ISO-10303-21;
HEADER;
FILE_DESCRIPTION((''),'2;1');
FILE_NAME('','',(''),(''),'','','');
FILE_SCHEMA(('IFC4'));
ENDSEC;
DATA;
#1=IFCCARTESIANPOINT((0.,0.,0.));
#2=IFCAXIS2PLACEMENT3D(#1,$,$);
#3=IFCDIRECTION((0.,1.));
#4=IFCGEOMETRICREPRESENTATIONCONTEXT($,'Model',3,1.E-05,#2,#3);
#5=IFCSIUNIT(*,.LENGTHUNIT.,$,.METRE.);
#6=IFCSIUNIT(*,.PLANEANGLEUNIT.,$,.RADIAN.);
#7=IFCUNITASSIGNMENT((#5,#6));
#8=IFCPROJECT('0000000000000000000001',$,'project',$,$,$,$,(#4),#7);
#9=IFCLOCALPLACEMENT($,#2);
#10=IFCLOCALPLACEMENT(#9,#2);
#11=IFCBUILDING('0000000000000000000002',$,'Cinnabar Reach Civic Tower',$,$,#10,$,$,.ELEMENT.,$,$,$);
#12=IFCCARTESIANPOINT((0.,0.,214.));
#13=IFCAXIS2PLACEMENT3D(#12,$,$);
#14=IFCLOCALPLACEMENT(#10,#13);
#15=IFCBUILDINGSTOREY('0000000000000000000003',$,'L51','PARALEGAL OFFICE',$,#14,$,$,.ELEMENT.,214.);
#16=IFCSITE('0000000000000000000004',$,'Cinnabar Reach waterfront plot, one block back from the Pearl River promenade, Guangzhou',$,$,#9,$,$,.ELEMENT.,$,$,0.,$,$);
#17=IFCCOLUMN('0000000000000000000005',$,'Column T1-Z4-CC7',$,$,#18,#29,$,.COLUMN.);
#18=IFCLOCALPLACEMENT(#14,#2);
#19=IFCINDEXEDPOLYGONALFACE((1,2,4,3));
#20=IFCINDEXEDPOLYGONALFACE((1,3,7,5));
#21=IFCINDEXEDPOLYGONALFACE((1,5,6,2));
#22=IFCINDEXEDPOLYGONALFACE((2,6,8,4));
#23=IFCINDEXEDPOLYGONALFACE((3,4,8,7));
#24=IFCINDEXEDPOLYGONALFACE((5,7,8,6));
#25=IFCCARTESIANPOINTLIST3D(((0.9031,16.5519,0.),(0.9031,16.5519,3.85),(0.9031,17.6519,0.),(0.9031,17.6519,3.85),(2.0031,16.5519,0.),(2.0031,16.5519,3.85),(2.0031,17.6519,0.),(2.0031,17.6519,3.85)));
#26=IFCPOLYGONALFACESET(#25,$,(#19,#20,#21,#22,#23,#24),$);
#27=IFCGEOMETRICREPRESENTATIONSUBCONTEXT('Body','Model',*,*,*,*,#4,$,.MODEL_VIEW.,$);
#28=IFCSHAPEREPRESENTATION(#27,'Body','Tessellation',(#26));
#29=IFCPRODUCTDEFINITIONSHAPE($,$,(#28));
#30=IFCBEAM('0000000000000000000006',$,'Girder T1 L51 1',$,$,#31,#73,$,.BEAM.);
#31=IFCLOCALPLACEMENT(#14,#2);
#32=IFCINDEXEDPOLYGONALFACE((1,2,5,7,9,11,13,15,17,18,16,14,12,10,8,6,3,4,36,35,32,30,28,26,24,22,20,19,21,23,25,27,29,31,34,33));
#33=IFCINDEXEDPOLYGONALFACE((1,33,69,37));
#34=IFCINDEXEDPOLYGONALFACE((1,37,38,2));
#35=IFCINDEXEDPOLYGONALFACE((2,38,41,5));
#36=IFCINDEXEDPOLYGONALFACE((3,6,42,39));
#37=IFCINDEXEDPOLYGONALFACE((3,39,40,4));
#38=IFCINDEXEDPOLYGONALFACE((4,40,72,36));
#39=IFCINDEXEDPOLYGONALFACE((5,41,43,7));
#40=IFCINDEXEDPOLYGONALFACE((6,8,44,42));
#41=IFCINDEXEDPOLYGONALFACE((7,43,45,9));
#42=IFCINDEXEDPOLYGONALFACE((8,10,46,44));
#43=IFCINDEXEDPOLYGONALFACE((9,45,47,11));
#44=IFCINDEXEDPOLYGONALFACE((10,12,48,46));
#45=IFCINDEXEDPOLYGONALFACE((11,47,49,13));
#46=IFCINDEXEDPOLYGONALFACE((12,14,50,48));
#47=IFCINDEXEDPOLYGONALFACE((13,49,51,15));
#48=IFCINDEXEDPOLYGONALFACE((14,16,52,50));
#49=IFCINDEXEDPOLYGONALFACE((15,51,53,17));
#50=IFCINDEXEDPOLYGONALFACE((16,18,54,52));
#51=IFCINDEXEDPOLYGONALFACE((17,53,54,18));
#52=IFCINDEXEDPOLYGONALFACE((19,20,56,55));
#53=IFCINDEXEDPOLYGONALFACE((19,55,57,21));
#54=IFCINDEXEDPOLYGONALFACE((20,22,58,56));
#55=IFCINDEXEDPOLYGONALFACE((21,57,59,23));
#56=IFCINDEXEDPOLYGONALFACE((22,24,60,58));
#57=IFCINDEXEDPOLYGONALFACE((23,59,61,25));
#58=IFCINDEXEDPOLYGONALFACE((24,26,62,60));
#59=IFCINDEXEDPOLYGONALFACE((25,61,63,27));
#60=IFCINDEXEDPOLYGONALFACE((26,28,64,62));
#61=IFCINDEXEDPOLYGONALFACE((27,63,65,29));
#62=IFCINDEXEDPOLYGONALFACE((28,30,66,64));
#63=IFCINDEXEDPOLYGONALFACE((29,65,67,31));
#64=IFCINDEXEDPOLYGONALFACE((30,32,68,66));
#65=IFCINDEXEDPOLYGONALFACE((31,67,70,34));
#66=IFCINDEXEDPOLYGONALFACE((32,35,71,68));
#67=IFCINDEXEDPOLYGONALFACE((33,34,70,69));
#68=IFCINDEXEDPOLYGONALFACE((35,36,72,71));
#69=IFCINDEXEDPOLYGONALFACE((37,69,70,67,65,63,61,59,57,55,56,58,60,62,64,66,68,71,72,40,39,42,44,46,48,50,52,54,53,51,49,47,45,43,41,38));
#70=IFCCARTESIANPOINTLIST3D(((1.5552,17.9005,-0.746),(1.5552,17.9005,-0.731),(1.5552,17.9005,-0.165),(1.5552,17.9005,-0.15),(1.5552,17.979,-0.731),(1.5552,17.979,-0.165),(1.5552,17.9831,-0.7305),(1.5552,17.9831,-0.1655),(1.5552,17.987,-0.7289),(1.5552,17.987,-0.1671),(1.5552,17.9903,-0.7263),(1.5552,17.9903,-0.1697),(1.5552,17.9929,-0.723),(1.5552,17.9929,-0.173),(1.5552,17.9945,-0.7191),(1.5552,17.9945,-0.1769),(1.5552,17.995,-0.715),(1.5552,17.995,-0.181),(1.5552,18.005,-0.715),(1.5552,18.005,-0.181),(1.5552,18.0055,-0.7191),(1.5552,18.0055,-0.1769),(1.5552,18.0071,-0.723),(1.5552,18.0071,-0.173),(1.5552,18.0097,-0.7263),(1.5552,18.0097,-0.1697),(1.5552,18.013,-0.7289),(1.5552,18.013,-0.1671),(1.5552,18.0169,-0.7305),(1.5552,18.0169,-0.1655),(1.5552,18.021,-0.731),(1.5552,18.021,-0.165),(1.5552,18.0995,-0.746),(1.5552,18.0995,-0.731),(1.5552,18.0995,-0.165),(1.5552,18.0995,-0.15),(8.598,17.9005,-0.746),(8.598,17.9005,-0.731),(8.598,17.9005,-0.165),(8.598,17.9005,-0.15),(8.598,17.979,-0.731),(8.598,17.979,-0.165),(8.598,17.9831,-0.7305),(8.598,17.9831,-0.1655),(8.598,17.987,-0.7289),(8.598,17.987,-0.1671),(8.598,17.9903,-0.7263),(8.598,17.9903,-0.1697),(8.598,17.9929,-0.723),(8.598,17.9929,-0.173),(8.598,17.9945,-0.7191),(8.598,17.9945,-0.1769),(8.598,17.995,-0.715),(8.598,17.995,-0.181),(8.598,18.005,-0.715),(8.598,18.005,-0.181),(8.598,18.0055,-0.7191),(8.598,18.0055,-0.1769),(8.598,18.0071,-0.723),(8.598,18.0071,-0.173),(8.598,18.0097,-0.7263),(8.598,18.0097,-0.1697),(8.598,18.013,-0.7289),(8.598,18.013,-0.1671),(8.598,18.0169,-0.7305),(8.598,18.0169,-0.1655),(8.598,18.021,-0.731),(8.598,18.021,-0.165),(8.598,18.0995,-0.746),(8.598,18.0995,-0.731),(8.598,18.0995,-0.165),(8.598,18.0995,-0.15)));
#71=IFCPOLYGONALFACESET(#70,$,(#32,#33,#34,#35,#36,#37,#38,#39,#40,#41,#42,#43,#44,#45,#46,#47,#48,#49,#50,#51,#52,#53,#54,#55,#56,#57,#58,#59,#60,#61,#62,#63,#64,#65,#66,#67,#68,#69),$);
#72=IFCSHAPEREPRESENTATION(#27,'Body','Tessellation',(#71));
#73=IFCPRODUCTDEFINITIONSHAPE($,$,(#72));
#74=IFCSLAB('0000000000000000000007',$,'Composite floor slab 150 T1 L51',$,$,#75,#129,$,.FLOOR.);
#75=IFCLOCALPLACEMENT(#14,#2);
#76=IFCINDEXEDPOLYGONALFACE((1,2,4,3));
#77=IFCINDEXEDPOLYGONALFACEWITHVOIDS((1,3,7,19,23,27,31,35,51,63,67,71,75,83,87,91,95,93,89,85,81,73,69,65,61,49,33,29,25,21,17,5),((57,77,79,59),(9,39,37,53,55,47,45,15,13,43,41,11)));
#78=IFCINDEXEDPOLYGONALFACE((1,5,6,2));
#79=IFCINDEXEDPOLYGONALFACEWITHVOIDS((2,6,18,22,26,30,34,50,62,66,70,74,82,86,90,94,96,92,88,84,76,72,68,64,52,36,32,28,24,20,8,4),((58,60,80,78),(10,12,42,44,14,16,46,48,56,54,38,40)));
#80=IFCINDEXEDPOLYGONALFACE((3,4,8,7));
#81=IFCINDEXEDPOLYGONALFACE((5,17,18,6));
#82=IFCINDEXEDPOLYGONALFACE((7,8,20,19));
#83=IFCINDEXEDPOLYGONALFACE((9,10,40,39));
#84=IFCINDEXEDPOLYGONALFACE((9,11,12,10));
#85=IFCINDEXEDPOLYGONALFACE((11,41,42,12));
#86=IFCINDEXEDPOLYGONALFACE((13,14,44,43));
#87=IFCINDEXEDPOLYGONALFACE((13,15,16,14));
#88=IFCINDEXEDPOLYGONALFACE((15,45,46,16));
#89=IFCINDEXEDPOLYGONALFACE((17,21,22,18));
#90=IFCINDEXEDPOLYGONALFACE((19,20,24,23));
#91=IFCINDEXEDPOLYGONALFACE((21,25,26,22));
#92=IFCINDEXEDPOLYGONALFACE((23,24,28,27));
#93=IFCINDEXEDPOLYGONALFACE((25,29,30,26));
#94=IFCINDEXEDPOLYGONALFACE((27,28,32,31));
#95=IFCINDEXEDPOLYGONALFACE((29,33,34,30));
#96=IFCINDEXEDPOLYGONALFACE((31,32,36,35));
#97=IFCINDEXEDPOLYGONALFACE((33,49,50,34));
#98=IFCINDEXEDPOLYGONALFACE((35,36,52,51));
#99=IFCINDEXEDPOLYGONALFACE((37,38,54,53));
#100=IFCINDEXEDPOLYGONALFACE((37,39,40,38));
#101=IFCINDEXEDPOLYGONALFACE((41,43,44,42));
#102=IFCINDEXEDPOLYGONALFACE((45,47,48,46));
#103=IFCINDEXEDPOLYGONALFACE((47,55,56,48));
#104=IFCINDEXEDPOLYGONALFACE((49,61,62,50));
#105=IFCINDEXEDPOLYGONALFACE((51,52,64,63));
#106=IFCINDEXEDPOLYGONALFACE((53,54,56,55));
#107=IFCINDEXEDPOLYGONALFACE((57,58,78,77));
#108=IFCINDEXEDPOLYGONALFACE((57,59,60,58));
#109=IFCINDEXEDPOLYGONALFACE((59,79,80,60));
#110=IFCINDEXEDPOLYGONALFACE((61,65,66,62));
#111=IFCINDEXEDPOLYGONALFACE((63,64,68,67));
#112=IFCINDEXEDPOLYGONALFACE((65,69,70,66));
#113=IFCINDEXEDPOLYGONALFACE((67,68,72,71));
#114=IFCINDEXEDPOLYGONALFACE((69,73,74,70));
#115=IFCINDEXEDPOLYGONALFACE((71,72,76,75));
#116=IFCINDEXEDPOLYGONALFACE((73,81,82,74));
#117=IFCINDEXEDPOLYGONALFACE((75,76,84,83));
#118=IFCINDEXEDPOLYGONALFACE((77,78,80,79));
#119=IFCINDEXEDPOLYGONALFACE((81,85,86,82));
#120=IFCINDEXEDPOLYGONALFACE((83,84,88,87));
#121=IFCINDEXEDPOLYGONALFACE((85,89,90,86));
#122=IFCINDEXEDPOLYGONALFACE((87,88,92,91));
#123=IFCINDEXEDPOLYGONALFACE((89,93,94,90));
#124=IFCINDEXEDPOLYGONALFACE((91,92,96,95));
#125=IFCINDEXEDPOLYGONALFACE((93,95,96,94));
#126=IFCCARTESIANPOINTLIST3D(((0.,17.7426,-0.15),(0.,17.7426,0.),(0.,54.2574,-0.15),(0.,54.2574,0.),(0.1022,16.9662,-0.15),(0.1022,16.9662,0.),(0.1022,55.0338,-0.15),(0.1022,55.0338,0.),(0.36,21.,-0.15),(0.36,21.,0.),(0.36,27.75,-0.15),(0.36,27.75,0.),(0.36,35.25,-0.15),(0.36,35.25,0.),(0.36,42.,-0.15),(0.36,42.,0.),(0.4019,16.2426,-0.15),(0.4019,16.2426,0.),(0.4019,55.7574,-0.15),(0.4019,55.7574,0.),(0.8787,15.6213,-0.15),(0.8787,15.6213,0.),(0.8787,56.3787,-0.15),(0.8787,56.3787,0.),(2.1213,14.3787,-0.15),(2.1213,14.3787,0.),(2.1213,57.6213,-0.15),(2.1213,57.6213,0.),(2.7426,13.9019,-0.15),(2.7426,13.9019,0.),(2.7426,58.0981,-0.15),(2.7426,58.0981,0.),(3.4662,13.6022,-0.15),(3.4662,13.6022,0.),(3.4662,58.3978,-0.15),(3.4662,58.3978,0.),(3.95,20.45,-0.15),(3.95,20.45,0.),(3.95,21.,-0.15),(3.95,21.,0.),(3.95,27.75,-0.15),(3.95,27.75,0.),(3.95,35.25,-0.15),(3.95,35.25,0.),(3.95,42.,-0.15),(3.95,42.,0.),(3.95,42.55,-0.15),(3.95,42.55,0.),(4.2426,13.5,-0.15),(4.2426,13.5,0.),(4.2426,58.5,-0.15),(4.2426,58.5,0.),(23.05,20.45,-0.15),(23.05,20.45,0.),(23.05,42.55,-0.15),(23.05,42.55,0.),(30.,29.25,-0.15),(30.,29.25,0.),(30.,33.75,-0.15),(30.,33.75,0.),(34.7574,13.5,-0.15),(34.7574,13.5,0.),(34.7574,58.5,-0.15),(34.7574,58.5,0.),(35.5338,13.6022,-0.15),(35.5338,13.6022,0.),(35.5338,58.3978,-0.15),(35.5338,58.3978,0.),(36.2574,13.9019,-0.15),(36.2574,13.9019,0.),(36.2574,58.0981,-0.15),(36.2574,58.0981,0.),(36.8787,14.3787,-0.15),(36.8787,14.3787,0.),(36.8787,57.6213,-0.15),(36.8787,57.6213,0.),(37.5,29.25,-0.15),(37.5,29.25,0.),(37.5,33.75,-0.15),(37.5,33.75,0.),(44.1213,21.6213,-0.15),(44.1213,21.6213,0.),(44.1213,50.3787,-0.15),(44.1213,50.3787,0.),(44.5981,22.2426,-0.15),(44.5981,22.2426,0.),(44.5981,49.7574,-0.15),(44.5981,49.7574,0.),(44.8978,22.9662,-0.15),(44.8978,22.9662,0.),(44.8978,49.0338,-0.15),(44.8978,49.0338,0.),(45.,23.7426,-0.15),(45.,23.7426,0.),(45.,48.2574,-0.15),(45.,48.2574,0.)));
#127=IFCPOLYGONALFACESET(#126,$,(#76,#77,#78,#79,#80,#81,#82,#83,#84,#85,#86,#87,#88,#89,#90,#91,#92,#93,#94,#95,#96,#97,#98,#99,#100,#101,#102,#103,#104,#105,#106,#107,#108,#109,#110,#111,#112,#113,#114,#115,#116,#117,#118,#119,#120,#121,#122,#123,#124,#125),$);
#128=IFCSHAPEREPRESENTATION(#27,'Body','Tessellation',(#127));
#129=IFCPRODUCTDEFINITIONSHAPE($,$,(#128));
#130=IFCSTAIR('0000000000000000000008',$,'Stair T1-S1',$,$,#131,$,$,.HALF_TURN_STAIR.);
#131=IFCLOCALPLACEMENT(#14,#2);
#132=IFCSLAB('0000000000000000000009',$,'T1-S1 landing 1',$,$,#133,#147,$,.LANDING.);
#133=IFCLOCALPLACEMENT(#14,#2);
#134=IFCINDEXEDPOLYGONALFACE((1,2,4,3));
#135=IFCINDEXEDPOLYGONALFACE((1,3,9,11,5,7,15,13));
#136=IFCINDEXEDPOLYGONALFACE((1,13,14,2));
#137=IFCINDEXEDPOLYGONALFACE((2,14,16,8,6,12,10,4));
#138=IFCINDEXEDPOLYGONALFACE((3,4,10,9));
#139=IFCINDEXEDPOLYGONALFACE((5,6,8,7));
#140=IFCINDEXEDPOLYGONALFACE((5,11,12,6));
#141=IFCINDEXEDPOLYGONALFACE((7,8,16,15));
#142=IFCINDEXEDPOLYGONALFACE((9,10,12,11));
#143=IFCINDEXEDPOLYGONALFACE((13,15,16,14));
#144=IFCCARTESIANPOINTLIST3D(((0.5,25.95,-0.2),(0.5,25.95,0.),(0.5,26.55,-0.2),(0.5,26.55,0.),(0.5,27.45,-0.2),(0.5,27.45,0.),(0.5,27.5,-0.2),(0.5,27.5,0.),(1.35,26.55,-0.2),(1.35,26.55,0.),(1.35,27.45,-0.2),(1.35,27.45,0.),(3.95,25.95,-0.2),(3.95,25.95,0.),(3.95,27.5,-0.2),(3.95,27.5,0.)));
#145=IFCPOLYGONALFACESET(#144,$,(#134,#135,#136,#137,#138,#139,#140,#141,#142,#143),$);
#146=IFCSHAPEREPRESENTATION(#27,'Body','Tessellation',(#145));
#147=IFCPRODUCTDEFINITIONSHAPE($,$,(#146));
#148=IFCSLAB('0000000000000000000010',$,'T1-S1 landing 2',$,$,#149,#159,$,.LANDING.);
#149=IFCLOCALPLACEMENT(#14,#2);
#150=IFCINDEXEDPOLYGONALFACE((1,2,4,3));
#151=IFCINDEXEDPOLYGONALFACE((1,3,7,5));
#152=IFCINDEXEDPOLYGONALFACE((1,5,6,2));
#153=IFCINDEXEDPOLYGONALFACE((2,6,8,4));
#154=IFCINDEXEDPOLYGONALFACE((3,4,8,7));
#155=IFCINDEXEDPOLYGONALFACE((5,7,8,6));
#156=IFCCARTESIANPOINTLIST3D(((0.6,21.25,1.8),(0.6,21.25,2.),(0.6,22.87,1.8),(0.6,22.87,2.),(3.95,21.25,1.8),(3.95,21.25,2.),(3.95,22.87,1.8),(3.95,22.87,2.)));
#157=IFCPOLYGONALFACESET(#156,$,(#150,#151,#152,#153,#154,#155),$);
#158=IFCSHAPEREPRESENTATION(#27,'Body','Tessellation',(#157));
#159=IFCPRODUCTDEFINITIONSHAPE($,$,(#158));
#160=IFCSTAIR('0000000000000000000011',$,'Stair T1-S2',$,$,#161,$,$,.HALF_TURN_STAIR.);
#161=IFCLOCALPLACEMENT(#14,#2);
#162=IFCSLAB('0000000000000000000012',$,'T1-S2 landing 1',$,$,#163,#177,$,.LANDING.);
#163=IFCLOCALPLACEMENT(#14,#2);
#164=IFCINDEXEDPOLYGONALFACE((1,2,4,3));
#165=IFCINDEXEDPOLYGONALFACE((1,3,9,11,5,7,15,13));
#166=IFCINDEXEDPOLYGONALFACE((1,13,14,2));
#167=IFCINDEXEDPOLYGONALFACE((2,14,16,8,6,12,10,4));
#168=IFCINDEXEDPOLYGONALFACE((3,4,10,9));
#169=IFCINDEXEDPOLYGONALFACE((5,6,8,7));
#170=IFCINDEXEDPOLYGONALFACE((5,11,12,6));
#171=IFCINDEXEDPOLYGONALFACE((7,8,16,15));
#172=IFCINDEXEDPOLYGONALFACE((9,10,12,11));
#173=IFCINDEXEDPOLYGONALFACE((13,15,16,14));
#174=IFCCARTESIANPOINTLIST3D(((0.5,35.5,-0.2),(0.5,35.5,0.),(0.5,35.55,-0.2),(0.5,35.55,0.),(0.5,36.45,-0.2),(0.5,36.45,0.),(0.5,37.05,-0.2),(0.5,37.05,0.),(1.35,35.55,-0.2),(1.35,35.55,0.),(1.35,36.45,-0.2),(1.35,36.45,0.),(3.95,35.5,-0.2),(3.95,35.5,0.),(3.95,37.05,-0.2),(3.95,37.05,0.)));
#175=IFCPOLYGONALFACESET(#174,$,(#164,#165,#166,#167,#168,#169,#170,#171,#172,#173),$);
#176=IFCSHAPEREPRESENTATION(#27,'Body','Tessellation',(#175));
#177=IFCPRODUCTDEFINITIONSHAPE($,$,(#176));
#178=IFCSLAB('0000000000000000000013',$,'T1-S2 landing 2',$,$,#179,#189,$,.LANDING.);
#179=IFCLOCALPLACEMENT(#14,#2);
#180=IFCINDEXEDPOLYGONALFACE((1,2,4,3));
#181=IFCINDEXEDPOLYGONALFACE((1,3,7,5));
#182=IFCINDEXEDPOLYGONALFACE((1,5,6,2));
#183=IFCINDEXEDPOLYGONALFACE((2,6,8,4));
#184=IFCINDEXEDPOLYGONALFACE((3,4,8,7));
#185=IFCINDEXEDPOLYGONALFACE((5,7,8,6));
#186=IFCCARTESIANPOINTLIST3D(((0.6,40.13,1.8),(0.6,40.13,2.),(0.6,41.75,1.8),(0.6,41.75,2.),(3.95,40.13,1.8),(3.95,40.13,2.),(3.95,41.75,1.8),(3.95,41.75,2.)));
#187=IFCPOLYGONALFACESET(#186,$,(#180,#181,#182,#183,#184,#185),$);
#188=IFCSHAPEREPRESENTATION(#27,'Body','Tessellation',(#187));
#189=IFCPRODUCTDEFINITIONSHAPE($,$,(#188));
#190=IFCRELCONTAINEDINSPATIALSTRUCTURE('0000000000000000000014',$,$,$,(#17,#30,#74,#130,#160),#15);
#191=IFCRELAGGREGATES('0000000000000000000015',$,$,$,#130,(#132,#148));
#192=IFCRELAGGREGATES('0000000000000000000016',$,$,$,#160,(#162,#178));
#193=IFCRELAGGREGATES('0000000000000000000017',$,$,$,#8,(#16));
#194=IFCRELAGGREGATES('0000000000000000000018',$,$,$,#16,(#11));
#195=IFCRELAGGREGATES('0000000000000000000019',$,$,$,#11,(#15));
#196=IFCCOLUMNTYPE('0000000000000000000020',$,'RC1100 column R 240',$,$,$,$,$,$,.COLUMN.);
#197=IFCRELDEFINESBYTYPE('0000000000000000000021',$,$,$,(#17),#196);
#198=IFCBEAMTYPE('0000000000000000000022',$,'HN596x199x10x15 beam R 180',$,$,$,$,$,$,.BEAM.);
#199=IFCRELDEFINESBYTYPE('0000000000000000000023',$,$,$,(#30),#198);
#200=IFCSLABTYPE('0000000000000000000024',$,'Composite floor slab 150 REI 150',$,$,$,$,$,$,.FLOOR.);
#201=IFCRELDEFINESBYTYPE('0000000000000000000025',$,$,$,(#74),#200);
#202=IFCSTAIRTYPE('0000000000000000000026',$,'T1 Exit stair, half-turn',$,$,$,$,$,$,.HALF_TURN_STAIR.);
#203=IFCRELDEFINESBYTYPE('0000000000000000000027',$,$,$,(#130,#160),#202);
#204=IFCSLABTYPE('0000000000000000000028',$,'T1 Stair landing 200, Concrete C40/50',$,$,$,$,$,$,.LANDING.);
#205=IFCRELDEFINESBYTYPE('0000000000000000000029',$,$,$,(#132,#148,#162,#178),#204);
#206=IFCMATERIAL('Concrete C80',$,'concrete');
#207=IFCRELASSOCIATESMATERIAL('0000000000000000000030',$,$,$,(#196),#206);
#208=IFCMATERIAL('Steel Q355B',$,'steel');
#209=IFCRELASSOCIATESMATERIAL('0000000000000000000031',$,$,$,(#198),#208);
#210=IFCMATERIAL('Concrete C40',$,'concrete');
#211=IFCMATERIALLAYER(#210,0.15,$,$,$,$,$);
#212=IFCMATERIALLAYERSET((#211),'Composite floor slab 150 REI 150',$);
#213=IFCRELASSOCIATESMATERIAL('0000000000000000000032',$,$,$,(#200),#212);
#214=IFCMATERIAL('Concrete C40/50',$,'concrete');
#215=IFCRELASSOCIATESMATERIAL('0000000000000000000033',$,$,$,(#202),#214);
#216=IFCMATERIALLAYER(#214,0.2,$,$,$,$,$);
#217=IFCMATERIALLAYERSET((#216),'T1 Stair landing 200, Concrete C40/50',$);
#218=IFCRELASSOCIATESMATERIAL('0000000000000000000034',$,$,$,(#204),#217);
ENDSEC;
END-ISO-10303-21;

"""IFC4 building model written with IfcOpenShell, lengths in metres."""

from ifc_helpers import new_model, si_unit, direction, frame, origin, origin_2d, place, context, subcontext, project, spatial, polyline, rectangle, i_section, outline, extrude, material, layer, layer_set, material_profile, profile_set, type_object, element, aggregate, save


model = new_model("IFC4")

# Units and contexts
model_context = context("Model", 3, precision=1e-05, world=origin(), true_north=direction((0.0, 1.0)))
body_context = subcontext(model_context, "Body", "Model", "MODEL_VIEW")
ifc_project = project(units=[si_unit("LENGTHUNIT", "METRE"), si_unit("PLANEANGLEUNIT", "RADIAN")], contexts=[model_context])

# Site, building, storey
site_placement = place(None, origin())
site = spatial("IfcSite", under=ifc_project, at=site_placement, Name="Cinnabar Reach waterfront plot, one block back from the Pearl River promenade, Guangzhou", CompositionType="ELEMENT", RefElevation=0.0)
building_placement = place(site_placement, origin())
building = spatial("IfcBuilding", under=site, at=building_placement, Name="Cinnabar Reach Civic Tower", CompositionType="ELEMENT")
storey_placement = place(building_placement, frame((0.0, 0.0, 214.0)))
storey = spatial("IfcBuildingStorey", under=building, at=storey_placement, Name="L51", Description="PARALEGAL OFFICE", CompositionType="ELEMENT", Elevation=214.0)

# Column
ifc_material_1 = material(Name="Concrete C80", Category="concrete")
ifc_material_profile_1 = material_profile(ifc_material_1, rectangle(XDim=1.1, YDim=1.1, at=origin_2d()), Name="RC1100")
ifc_profile_set_1 = profile_set([ifc_material_profile_1], Name="Concrete C80")
column_type = type_object("IfcColumnType", Name="RC1100 column R 240", PredefinedType="COLUMN", material=ifc_profile_set_1)
column_placement = place(storey_placement, frame((1.4531, 17.1019, 0.0), z_axis=(0.0, 0.0, 1.0), x_axis=(1.0, 0.0, 0.0)))
element("IfcColumn", 1, at=column_placement, inside=storey, type_object=column_type, Name="Column T1-Z4-CC7", PredefinedType="COLUMN", context=body_context, shape_type="SweptSolid", body=[
    extrude(rectangle(XDim=1.1, YDim=1.1, at=origin_2d()), origin(), (0.0, 0.0, 1.0), 3.85),
])

# Beam
ifc_material_2 = material(Name="Steel Q355B", Category="steel")
ifc_material_profile_2 = material_profile(ifc_material_2, i_section(OverallWidth=0.199, OverallDepth=0.596, WebThickness=0.01, FlangeThickness=0.015, FilletRadius=0.016, at=origin_2d()), Name="HN596x199x10x15")
ifc_profile_set_2 = profile_set([ifc_material_profile_2], Name="Steel Q355B")
beam_type = type_object("IfcBeamType", Name="HN596x199x10x15 beam R 180", PredefinedType="BEAM", material=ifc_profile_set_2)
beam_placement = place(storey_placement, frame((1.5552, 18.0, -0.448), z_axis=(1.0, 0.0, 0.0), x_axis=(0.0, 1.0, 0.0)))
element("IfcBeam", 2, at=beam_placement, inside=storey, type_object=beam_type, Name="Girder T1 L51 1", PredefinedType="BEAM", context=body_context, shape_type="SweptSolid", body=[
    extrude(i_section(OverallWidth=0.199, OverallDepth=0.596, WebThickness=0.01, FlangeThickness=0.015, FilletRadius=0.016, at=origin_2d()), origin(), (0.0, 0.0, 1.0), 7.0428),
])

# Slab
ifc_material_3 = material(Name="Concrete C40", Category="concrete")
ifc_layer_1 = layer(ifc_material_3, 0.15)
ifc_layer_set_1 = layer_set([ifc_layer_1], Name="Composite floor slab 150 REI 150")
slab_type_1 = type_object("IfcSlabType", Name="Composite floor slab 150 REI 150", PredefinedType="FLOOR", material=ifc_layer_set_1)
slab_1_placement = place(storey_placement, frame((0.0, 0.0, -0.15)))
element("IfcSlab", 3, at=slab_1_placement, inside=storey, type_object=slab_type_1, Name="Composite floor slab 150 T1 L51", PredefinedType="FLOOR", context=body_context, shape_type="SweptSolid", body=[
    extrude(outline(polyline([(0.8787, 15.6213), (0.4019, 16.2426), (0.1022, 16.9662), (0.0, 17.7426), (0.0, 54.2574), (0.1022, 55.0338), (0.4019, 55.7574), (0.8787, 56.3787), (2.1213, 57.6213), (2.7426, 58.0981), (3.4662, 58.3978), (4.2426, 58.5), (34.7574, 58.5), (35.5338, 58.3978), (36.2574, 58.0981), (36.8787, 57.6213), (44.1213, 50.3787), (44.5981, 49.7574), (44.8978, 49.0338), (45.0, 48.2574), (45.0, 23.7426), (44.8978, 22.9662), (44.5981, 22.2426), (44.1213, 21.6213), (36.8787, 14.3787), (36.2574, 13.9019), (35.5338, 13.6022), (34.7574, 13.5), (4.2426, 13.5), (3.4662, 13.6022), (2.7426, 13.9019), (2.1213, 14.3787), (0.8787, 15.6213)]), holes=[polyline([(0.36, 21.0), (3.95, 21.0), (3.95, 20.45), (23.05, 20.45), (23.05, 42.55), (3.95, 42.55), (3.95, 42.0), (0.36, 42.0), (0.36, 35.25), (3.95, 35.25), (3.95, 27.75), (0.36, 27.75), (0.36, 21.0)]), polyline([(30.0, 33.75), (30.0, 29.25), (37.5, 29.25), (37.5, 33.75), (30.0, 33.75)])]), origin(), (0.0, 0.0, 1.0), 0.15),
])

# Stairs, slabs
ifc_material_4 = material(Name="Concrete C40/50", Category="concrete")
stair_type = type_object("IfcStairType", Name="T1 Exit stair, half-turn", PredefinedType="HALF_TURN_STAIR", material=ifc_material_4)
stair_1_placement = place(storey_placement, origin())
stair_1 = element("IfcStair", 4, at=stair_1_placement, inside=storey, type_object=stair_type, Name="Stair T1-S1", PredefinedType="HALF_TURN_STAIR")
ifc_layer_2 = layer(ifc_material_4, 0.2)
ifc_layer_set_2 = layer_set([ifc_layer_2], Name="T1 Stair landing 200, Concrete C40/50")
slab_type_2 = type_object("IfcSlabType", Name="T1 Stair landing 200, Concrete C40/50", PredefinedType="LANDING", material=ifc_layer_set_2)
slab_2_placement = place(storey_placement, frame((0.0, 0.0, -0.2)))
slab_2 = element("IfcSlab", 5, at=slab_2_placement, type_object=slab_type_2, Name="T1-S1 landing 1", PredefinedType="LANDING", context=body_context, shape_type="SweptSolid", body=[
    extrude(outline(polyline([(0.5, 27.5), (3.95, 27.5), (3.95, 25.95), (0.5, 25.95), (0.5, 26.55), (1.35, 26.55), (1.35, 27.45), (0.5, 27.45), (0.5, 27.5)])), origin(), (0.0, 0.0, 1.0), 0.2),
])
slab_3_placement = place(storey_placement, frame((0.0, 0.0, 1.8)))
slab_3 = element("IfcSlab", 6, at=slab_3_placement, type_object=slab_type_2, Name="T1-S1 landing 2", PredefinedType="LANDING", context=body_context, shape_type="SweptSolid", body=[
    extrude(outline(polyline([(0.6, 21.25), (0.6, 22.87), (3.95, 22.87), (3.95, 21.25), (0.6, 21.25)])), origin(), (0.0, 0.0, 1.0), 0.2),
])
aggregate(stair_1, [slab_2, slab_3])
stair_2_placement = place(storey_placement, origin())
stair_2 = element("IfcStair", 7, at=stair_2_placement, inside=storey, type_object=stair_type, Name="Stair T1-S2", PredefinedType="HALF_TURN_STAIR")
slab_4_placement = place(storey_placement, frame((0.0, 0.0, -0.2)))
slab_4 = element("IfcSlab", 8, at=slab_4_placement, type_object=slab_type_2, Name="T1-S2 landing 1", PredefinedType="LANDING", context=body_context, shape_type="SweptSolid", body=[
    extrude(outline(polyline([(0.5, 37.05), (3.95, 37.05), (3.95, 35.5), (0.5, 35.5), (0.5, 35.55), (1.35, 35.55), (1.35, 36.45), (0.5, 36.45), (0.5, 37.05)])), origin(), (0.0, 0.0, 1.0), 0.2),
])
slab_5_placement = place(storey_placement, frame((0.0, 0.0, 1.8)))
slab_5 = element("IfcSlab", 9, at=slab_5_placement, type_object=slab_type_2, Name="T1-S2 landing 2", PredefinedType="LANDING", context=body_context, shape_type="SweptSolid", body=[
    extrude(outline(polyline([(0.6, 40.13), (0.6, 41.75), (3.95, 41.75), (3.95, 40.13), (0.6, 40.13)])), origin(), (0.0, 0.0, 1.0), 0.2),
])
aggregate(stair_2, [slab_4, slab_5])

save(model, "model.ifc")
